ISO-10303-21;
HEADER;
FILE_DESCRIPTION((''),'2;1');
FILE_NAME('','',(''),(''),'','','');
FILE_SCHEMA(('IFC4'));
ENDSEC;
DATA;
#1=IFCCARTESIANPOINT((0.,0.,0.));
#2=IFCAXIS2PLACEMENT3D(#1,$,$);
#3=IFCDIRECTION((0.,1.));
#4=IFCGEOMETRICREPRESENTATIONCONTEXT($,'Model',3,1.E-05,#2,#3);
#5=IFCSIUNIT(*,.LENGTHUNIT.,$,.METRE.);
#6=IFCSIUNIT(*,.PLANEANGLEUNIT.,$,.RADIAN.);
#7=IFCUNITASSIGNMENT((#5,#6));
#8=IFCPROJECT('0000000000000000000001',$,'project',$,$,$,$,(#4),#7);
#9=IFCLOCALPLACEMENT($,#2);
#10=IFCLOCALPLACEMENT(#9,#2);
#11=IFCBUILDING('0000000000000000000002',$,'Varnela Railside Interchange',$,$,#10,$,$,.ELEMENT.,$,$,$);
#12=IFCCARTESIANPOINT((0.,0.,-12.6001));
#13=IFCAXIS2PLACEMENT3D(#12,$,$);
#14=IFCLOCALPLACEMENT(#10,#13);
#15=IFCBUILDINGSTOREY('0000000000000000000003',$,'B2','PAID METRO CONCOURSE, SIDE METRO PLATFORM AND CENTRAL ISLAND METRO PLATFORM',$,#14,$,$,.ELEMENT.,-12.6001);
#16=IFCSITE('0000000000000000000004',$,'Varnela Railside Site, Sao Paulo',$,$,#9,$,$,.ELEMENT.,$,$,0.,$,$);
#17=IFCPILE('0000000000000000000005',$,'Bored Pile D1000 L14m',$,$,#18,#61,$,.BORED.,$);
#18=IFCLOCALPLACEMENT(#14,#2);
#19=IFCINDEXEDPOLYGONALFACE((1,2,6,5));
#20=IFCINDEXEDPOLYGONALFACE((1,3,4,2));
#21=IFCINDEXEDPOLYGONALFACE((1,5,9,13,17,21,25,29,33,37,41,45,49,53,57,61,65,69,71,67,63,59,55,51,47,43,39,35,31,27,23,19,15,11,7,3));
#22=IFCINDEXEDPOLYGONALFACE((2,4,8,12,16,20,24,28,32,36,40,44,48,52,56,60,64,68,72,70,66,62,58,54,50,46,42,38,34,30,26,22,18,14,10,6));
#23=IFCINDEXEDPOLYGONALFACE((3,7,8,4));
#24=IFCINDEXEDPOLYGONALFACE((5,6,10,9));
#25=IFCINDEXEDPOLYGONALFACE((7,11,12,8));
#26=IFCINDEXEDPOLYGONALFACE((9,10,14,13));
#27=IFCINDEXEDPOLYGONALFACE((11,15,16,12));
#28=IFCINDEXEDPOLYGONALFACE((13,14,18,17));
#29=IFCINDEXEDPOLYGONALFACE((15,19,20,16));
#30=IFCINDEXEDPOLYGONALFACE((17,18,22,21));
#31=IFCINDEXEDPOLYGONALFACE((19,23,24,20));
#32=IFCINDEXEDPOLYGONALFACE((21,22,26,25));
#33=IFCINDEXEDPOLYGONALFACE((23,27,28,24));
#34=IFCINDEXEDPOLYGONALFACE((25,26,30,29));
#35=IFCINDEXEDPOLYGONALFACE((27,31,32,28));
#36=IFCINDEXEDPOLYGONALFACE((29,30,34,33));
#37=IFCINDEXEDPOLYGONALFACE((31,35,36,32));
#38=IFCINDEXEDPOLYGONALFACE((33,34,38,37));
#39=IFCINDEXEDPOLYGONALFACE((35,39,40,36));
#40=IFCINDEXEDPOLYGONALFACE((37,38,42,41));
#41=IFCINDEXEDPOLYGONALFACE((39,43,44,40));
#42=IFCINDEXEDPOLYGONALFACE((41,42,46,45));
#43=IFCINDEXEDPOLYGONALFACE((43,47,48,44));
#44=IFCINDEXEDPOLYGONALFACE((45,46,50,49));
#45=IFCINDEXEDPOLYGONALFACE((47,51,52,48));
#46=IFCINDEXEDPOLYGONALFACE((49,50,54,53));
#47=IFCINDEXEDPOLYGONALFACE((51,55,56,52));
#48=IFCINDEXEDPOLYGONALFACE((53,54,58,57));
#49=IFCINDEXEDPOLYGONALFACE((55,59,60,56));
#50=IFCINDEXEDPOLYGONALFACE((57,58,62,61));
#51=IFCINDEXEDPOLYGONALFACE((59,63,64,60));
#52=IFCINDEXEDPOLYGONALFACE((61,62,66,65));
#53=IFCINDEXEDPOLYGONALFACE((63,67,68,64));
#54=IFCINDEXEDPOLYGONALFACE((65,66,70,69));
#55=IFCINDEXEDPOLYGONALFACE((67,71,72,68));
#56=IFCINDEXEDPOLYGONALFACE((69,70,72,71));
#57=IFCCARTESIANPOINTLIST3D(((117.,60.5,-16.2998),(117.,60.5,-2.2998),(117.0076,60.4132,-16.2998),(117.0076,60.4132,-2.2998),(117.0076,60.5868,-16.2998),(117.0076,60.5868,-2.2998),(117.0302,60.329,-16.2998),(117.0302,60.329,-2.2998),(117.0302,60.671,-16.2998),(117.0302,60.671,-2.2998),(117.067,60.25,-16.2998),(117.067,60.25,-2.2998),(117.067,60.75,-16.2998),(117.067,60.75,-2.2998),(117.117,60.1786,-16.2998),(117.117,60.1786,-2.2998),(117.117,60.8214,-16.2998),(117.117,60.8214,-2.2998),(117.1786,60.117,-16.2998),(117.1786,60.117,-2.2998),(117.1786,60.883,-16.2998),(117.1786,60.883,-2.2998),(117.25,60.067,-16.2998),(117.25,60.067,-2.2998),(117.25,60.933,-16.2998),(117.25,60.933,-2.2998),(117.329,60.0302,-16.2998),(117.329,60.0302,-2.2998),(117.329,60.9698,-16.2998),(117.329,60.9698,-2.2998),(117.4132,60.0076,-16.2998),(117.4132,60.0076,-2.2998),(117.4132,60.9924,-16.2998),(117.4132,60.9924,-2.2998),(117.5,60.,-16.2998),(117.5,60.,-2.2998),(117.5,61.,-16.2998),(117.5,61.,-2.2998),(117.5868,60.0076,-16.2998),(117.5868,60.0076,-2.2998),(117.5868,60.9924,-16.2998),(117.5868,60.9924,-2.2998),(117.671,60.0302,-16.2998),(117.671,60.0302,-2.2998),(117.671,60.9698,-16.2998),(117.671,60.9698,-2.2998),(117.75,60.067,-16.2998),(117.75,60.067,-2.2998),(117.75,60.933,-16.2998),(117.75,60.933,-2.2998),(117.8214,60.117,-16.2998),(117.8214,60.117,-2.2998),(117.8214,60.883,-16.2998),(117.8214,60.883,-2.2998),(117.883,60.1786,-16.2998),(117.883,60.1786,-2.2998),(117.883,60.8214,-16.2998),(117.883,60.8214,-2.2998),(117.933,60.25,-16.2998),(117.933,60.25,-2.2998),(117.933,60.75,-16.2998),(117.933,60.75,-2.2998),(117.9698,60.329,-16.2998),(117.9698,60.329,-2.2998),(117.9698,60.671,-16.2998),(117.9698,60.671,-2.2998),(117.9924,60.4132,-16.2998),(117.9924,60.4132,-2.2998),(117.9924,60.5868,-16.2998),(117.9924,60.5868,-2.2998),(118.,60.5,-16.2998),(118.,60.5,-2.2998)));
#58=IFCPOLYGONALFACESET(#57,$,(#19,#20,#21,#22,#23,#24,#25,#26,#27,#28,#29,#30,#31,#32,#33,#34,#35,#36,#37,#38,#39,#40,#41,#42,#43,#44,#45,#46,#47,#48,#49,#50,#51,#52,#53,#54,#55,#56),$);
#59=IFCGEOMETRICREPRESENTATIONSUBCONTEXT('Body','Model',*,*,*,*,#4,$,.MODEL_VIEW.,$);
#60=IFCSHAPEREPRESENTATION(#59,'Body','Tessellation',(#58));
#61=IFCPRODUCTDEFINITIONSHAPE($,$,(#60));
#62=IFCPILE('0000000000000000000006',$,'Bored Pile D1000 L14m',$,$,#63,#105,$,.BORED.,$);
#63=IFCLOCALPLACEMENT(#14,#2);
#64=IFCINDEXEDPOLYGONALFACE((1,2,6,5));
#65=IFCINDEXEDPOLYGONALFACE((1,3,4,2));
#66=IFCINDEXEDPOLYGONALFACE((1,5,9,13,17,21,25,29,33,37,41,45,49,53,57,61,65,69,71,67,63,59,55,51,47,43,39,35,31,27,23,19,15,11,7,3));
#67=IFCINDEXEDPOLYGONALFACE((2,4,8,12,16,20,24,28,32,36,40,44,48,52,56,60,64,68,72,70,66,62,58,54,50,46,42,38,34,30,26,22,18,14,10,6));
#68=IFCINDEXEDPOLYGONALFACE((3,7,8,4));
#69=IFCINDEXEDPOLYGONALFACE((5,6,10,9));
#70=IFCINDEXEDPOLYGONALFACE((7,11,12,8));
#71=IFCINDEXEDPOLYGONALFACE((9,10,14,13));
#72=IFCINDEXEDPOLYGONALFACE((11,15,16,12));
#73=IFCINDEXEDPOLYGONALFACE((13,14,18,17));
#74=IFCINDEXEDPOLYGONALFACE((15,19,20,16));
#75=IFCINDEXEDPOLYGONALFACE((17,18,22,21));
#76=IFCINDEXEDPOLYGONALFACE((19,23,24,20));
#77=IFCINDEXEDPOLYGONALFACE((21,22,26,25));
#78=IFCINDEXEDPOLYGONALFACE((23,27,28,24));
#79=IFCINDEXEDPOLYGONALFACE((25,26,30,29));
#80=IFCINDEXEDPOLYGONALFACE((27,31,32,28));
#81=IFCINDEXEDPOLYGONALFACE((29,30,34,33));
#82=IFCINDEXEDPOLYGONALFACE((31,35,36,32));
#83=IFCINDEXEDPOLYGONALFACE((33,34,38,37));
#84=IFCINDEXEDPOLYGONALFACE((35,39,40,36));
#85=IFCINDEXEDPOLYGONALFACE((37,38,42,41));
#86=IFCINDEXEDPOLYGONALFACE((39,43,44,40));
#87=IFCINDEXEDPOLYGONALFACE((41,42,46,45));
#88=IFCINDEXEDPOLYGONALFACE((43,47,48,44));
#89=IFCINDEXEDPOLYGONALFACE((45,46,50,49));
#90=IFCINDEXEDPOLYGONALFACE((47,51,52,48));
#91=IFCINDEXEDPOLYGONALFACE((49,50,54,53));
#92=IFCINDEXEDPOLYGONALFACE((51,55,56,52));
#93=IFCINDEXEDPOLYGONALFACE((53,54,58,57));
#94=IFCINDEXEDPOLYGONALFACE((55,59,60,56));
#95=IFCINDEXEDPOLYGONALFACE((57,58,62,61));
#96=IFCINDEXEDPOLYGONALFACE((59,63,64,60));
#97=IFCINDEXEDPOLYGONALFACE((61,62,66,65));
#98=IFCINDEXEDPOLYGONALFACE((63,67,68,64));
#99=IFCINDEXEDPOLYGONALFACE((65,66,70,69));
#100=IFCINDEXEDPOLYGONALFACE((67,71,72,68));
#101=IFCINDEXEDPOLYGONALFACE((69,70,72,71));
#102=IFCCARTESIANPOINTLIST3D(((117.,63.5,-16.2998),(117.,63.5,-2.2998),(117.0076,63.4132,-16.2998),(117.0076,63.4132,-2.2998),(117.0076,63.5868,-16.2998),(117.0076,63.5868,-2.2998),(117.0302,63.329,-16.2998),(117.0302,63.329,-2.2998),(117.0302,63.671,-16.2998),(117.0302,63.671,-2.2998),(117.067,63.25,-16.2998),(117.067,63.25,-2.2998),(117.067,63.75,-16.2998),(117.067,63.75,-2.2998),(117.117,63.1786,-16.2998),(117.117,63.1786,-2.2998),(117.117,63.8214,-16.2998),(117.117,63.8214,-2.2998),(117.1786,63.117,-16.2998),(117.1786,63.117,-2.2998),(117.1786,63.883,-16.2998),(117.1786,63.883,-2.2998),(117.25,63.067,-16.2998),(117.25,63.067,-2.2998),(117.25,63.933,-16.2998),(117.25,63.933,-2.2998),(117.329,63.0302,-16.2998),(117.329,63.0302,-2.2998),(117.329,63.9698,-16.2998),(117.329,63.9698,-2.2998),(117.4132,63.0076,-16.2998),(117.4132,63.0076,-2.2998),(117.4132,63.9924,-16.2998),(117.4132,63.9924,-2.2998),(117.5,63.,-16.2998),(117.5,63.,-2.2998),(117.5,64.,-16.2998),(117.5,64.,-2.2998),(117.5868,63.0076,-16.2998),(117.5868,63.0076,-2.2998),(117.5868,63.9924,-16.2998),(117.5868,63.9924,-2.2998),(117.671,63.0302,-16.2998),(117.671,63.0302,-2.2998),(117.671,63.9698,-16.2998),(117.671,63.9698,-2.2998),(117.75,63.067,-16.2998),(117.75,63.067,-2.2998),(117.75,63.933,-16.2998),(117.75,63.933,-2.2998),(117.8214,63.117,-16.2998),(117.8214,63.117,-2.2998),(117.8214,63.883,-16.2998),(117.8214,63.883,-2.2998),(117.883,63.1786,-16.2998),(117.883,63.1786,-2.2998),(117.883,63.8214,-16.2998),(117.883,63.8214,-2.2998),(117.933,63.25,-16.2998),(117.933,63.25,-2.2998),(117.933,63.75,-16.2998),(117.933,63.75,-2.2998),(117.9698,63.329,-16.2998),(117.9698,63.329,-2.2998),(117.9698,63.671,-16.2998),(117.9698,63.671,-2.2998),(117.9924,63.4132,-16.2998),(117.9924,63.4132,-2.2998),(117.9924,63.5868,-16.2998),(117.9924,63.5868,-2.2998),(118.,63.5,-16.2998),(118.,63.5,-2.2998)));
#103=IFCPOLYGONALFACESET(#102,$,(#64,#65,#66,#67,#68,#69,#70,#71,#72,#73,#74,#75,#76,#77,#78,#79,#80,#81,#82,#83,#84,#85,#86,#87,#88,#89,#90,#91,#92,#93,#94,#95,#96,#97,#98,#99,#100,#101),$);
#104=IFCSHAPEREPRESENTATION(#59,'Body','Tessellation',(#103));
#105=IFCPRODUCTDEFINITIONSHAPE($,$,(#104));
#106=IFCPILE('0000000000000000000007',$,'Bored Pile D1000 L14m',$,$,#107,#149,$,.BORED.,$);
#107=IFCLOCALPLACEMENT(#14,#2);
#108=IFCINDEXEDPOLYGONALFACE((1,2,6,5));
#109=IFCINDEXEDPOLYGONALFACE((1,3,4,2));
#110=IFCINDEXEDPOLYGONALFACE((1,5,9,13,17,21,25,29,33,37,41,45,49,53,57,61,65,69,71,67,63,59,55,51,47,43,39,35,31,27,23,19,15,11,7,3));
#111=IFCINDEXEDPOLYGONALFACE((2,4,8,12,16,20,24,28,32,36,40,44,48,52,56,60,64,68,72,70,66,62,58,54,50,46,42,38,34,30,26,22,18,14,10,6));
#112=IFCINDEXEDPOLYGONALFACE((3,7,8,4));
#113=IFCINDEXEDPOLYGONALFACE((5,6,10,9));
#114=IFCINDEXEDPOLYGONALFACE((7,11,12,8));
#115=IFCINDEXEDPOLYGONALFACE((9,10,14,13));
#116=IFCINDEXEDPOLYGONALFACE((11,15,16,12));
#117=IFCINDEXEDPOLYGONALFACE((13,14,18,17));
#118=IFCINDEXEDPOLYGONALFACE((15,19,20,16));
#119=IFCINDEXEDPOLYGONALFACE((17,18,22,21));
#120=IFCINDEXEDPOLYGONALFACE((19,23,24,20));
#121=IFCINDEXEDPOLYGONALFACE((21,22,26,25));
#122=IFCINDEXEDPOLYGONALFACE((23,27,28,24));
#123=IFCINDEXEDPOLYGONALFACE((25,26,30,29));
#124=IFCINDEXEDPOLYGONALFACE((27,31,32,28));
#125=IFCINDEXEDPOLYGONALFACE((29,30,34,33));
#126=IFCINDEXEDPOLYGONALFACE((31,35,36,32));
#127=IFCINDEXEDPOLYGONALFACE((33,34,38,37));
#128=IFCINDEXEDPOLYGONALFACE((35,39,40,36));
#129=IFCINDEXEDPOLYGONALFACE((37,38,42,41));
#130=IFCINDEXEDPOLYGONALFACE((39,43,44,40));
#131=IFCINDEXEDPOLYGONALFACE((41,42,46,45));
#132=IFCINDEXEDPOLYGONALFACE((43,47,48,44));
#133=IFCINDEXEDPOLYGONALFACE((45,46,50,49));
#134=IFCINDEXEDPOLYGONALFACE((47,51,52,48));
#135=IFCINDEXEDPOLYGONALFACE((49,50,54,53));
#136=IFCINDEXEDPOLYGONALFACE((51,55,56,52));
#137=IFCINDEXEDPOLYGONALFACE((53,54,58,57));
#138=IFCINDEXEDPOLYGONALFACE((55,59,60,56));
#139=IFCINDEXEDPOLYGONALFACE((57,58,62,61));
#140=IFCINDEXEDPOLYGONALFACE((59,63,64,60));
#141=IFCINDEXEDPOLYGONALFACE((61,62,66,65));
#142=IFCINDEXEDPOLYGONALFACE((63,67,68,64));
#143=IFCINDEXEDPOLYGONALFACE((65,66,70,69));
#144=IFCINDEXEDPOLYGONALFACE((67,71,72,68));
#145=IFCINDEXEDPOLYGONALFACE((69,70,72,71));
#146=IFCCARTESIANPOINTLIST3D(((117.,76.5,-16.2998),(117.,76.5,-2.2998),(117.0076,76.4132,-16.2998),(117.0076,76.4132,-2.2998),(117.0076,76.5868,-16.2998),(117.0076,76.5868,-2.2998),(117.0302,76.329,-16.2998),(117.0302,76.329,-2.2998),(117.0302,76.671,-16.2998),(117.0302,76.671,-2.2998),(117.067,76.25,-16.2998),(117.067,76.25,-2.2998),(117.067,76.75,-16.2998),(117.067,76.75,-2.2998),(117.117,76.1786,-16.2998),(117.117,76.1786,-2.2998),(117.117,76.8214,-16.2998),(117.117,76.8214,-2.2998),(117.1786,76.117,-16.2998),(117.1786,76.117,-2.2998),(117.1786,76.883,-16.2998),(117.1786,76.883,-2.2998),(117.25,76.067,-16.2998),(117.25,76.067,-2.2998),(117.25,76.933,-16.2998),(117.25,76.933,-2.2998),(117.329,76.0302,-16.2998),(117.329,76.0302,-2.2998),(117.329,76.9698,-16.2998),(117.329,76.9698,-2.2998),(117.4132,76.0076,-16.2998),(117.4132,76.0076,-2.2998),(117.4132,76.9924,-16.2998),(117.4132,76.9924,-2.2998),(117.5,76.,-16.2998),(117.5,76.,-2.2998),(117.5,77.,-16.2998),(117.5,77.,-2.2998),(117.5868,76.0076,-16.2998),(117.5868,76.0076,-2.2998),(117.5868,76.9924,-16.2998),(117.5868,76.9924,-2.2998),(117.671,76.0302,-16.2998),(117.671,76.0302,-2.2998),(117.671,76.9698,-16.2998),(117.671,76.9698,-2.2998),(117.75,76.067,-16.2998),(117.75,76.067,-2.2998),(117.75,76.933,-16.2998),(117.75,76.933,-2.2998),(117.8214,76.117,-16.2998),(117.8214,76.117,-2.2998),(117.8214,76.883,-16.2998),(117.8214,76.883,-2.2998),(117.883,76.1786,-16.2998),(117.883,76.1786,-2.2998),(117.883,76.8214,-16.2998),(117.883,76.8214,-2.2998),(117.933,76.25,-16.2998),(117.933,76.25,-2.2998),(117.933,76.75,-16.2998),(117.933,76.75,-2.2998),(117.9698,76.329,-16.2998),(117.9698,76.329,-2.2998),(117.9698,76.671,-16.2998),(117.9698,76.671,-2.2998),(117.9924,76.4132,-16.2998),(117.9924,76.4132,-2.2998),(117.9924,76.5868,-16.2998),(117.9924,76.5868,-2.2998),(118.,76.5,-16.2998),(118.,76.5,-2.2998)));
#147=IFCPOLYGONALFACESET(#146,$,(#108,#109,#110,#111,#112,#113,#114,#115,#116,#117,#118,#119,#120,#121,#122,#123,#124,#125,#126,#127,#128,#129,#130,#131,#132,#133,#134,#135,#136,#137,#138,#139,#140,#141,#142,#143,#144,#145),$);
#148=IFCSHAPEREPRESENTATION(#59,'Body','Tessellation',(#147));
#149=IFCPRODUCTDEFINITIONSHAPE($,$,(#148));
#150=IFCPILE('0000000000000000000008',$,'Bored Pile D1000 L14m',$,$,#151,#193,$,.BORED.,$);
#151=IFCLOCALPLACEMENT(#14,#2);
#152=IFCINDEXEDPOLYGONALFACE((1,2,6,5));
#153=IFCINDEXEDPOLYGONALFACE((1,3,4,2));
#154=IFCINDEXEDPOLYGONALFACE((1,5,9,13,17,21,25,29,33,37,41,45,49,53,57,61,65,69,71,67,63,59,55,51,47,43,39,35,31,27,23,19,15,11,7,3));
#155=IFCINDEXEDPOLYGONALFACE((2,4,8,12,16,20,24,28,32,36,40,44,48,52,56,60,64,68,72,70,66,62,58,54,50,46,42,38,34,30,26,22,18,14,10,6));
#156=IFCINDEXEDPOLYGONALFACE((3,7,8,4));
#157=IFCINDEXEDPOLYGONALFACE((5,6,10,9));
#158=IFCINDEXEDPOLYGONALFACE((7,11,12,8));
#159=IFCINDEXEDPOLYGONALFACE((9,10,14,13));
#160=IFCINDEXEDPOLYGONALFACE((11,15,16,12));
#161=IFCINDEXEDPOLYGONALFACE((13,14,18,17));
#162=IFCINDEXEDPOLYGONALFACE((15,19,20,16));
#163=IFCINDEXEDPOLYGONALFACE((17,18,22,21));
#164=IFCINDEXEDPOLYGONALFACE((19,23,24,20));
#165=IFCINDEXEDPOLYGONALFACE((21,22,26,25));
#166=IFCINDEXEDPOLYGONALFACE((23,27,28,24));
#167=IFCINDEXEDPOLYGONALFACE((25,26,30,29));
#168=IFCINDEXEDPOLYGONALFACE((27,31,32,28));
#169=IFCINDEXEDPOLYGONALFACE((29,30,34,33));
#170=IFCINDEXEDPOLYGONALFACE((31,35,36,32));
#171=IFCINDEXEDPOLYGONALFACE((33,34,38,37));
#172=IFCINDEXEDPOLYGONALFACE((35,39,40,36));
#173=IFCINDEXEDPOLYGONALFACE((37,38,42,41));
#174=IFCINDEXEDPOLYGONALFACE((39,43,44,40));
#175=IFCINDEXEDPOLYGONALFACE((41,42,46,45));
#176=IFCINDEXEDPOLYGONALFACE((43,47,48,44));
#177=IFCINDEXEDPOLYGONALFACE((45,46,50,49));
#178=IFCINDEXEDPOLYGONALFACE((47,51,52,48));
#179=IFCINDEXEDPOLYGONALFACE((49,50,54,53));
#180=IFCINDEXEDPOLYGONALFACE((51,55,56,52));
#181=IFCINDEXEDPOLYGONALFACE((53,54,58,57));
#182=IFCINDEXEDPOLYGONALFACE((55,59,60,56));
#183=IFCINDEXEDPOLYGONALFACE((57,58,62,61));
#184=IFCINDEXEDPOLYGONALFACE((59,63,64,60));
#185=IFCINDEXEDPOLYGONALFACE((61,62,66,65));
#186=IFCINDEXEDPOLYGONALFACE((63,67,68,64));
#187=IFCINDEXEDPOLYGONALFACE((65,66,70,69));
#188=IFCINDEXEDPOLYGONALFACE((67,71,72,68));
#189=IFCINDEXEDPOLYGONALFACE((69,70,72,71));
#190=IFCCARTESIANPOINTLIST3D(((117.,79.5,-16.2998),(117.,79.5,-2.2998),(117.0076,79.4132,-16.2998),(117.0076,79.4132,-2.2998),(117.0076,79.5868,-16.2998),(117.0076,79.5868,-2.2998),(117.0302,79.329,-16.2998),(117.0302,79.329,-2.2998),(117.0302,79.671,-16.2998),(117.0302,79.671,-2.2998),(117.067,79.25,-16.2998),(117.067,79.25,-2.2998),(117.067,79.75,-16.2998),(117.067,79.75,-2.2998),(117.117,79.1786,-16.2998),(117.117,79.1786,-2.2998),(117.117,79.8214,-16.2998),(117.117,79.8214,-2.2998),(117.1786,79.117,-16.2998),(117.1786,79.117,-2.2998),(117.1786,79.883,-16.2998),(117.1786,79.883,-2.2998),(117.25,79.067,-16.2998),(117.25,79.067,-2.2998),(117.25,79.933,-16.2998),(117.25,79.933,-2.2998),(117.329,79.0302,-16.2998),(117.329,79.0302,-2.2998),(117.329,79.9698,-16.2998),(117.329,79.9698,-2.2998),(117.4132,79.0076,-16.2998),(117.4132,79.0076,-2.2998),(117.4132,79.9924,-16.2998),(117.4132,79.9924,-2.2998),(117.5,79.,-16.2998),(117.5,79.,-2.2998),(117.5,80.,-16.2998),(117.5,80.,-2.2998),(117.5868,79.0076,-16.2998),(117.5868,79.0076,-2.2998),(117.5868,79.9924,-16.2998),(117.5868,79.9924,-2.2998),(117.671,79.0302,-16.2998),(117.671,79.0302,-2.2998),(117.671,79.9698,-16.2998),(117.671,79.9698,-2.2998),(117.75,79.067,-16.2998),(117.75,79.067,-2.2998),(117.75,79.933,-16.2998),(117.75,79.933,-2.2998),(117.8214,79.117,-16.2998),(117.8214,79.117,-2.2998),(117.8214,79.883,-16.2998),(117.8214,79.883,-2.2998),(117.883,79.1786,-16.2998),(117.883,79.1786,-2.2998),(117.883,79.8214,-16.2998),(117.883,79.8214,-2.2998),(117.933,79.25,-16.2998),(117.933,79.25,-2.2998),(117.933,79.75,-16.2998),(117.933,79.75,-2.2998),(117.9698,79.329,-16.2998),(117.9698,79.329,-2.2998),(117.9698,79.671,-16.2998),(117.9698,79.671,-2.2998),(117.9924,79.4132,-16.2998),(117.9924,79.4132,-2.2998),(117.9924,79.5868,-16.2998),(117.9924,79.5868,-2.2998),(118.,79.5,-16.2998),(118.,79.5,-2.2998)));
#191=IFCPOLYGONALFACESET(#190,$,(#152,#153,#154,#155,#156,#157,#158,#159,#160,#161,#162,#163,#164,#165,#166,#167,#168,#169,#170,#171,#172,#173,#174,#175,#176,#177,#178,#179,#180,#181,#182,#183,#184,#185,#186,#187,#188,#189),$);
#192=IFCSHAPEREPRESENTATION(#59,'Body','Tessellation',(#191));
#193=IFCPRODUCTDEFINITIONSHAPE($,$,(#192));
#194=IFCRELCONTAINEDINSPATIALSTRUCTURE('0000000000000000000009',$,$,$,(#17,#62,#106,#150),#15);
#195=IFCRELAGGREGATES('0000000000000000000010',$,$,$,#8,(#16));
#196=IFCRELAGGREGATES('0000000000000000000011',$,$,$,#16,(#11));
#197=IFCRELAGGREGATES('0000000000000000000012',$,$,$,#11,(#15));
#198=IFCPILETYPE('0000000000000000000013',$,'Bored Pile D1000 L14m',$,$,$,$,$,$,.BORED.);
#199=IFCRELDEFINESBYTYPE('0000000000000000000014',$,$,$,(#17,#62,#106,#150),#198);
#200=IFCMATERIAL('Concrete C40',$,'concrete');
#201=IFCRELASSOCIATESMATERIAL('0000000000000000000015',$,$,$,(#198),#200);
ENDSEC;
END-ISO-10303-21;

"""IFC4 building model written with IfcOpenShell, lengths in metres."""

from ifc_helpers import new_model, si_unit, direction, frame, origin, origin_2d, place, context, subcontext, project, spatial, circle, extrude, material, material_profile, profile_set, type_object, element, save


model = new_model("IFC4")

# Units and contexts
model_context = context("Model", 3, precision=1e-05, world=origin(), true_north=direction((0.0, 1.0)))
body_context = subcontext(model_context, "Body", "Model", "MODEL_VIEW")
ifc_project = project(units=[si_unit("LENGTHUNIT", "METRE"), si_unit("PLANEANGLEUNIT", "RADIAN")], contexts=[model_context])

# Site, building, storey
site_placement = place(None, origin())
site = spatial("IfcSite", under=ifc_project, at=site_placement, Name="Varnela Railside Site, Sao Paulo", CompositionType="ELEMENT", RefElevation=0.0)
building_placement = place(site_placement, origin())
building = spatial("IfcBuilding", under=site, at=building_placement, Name="Varnela Railside Interchange", CompositionType="ELEMENT")
storey_placement = place(building_placement, frame((0.0, 0.0, -12.6001)))
storey = spatial("IfcBuildingStorey", under=building, at=storey_placement, Name="B2", Description="PAID METRO CONCOURSE, SIDE METRO PLATFORM AND CENTRAL ISLAND METRO PLATFORM", CompositionType="ELEMENT", Elevation=-12.6001)

# Piles
ifc_material_1 = material(Name="Concrete C40", Category="concrete")
ifc_material_profile_1 = material_profile(ifc_material_1, circle(Radius=0.5, at=origin_2d()), Name="BORED PILE D1000")
ifc_profile_set_1 = profile_set([ifc_material_profile_1], Name="Concrete C40")
pile_type_1 = type_object("IfcPileType", Name="Bored Pile D1000 L14m", PredefinedType="BORED", material=ifc_profile_set_1)
for number, where, z_axis, x_axis, name in (
    (1, (117.5, 60.5, -2.2998), (0.0, 0.0, -1.0), (1.0, 0.0, 0.0), "Bored Pile D1000 L14m"),
    (2, (117.5, 63.5, -2.2998), (0.0, 0.0, -1.0), (1.0, 0.0, 0.0), "Bored Pile D1000 L14m"),
    (3, (117.5, 76.5, -2.2998), (0.0, 0.0, -1.0), (1.0, 0.0, 0.0), "Bored Pile D1000 L14m"),
    (4, (117.5, 79.5, -2.2998), (0.0, 0.0, -1.0), (1.0, 0.0, 0.0), "Bored Pile D1000 L14m"),
):
    element("IfcPile", number, at=place(storey_placement, frame(where, z_axis=z_axis, x_axis=x_axis)), inside=storey, type_object=pile_type_1, Name=name, PredefinedType="BORED", context=body_context, shape_type="SweptSolid", body=[
        extrude(circle(Radius=0.5, at=origin_2d()), origin(), (0.0, 0.0, 1.0), 14.0),
    ])

save(model, "model.ifc")
